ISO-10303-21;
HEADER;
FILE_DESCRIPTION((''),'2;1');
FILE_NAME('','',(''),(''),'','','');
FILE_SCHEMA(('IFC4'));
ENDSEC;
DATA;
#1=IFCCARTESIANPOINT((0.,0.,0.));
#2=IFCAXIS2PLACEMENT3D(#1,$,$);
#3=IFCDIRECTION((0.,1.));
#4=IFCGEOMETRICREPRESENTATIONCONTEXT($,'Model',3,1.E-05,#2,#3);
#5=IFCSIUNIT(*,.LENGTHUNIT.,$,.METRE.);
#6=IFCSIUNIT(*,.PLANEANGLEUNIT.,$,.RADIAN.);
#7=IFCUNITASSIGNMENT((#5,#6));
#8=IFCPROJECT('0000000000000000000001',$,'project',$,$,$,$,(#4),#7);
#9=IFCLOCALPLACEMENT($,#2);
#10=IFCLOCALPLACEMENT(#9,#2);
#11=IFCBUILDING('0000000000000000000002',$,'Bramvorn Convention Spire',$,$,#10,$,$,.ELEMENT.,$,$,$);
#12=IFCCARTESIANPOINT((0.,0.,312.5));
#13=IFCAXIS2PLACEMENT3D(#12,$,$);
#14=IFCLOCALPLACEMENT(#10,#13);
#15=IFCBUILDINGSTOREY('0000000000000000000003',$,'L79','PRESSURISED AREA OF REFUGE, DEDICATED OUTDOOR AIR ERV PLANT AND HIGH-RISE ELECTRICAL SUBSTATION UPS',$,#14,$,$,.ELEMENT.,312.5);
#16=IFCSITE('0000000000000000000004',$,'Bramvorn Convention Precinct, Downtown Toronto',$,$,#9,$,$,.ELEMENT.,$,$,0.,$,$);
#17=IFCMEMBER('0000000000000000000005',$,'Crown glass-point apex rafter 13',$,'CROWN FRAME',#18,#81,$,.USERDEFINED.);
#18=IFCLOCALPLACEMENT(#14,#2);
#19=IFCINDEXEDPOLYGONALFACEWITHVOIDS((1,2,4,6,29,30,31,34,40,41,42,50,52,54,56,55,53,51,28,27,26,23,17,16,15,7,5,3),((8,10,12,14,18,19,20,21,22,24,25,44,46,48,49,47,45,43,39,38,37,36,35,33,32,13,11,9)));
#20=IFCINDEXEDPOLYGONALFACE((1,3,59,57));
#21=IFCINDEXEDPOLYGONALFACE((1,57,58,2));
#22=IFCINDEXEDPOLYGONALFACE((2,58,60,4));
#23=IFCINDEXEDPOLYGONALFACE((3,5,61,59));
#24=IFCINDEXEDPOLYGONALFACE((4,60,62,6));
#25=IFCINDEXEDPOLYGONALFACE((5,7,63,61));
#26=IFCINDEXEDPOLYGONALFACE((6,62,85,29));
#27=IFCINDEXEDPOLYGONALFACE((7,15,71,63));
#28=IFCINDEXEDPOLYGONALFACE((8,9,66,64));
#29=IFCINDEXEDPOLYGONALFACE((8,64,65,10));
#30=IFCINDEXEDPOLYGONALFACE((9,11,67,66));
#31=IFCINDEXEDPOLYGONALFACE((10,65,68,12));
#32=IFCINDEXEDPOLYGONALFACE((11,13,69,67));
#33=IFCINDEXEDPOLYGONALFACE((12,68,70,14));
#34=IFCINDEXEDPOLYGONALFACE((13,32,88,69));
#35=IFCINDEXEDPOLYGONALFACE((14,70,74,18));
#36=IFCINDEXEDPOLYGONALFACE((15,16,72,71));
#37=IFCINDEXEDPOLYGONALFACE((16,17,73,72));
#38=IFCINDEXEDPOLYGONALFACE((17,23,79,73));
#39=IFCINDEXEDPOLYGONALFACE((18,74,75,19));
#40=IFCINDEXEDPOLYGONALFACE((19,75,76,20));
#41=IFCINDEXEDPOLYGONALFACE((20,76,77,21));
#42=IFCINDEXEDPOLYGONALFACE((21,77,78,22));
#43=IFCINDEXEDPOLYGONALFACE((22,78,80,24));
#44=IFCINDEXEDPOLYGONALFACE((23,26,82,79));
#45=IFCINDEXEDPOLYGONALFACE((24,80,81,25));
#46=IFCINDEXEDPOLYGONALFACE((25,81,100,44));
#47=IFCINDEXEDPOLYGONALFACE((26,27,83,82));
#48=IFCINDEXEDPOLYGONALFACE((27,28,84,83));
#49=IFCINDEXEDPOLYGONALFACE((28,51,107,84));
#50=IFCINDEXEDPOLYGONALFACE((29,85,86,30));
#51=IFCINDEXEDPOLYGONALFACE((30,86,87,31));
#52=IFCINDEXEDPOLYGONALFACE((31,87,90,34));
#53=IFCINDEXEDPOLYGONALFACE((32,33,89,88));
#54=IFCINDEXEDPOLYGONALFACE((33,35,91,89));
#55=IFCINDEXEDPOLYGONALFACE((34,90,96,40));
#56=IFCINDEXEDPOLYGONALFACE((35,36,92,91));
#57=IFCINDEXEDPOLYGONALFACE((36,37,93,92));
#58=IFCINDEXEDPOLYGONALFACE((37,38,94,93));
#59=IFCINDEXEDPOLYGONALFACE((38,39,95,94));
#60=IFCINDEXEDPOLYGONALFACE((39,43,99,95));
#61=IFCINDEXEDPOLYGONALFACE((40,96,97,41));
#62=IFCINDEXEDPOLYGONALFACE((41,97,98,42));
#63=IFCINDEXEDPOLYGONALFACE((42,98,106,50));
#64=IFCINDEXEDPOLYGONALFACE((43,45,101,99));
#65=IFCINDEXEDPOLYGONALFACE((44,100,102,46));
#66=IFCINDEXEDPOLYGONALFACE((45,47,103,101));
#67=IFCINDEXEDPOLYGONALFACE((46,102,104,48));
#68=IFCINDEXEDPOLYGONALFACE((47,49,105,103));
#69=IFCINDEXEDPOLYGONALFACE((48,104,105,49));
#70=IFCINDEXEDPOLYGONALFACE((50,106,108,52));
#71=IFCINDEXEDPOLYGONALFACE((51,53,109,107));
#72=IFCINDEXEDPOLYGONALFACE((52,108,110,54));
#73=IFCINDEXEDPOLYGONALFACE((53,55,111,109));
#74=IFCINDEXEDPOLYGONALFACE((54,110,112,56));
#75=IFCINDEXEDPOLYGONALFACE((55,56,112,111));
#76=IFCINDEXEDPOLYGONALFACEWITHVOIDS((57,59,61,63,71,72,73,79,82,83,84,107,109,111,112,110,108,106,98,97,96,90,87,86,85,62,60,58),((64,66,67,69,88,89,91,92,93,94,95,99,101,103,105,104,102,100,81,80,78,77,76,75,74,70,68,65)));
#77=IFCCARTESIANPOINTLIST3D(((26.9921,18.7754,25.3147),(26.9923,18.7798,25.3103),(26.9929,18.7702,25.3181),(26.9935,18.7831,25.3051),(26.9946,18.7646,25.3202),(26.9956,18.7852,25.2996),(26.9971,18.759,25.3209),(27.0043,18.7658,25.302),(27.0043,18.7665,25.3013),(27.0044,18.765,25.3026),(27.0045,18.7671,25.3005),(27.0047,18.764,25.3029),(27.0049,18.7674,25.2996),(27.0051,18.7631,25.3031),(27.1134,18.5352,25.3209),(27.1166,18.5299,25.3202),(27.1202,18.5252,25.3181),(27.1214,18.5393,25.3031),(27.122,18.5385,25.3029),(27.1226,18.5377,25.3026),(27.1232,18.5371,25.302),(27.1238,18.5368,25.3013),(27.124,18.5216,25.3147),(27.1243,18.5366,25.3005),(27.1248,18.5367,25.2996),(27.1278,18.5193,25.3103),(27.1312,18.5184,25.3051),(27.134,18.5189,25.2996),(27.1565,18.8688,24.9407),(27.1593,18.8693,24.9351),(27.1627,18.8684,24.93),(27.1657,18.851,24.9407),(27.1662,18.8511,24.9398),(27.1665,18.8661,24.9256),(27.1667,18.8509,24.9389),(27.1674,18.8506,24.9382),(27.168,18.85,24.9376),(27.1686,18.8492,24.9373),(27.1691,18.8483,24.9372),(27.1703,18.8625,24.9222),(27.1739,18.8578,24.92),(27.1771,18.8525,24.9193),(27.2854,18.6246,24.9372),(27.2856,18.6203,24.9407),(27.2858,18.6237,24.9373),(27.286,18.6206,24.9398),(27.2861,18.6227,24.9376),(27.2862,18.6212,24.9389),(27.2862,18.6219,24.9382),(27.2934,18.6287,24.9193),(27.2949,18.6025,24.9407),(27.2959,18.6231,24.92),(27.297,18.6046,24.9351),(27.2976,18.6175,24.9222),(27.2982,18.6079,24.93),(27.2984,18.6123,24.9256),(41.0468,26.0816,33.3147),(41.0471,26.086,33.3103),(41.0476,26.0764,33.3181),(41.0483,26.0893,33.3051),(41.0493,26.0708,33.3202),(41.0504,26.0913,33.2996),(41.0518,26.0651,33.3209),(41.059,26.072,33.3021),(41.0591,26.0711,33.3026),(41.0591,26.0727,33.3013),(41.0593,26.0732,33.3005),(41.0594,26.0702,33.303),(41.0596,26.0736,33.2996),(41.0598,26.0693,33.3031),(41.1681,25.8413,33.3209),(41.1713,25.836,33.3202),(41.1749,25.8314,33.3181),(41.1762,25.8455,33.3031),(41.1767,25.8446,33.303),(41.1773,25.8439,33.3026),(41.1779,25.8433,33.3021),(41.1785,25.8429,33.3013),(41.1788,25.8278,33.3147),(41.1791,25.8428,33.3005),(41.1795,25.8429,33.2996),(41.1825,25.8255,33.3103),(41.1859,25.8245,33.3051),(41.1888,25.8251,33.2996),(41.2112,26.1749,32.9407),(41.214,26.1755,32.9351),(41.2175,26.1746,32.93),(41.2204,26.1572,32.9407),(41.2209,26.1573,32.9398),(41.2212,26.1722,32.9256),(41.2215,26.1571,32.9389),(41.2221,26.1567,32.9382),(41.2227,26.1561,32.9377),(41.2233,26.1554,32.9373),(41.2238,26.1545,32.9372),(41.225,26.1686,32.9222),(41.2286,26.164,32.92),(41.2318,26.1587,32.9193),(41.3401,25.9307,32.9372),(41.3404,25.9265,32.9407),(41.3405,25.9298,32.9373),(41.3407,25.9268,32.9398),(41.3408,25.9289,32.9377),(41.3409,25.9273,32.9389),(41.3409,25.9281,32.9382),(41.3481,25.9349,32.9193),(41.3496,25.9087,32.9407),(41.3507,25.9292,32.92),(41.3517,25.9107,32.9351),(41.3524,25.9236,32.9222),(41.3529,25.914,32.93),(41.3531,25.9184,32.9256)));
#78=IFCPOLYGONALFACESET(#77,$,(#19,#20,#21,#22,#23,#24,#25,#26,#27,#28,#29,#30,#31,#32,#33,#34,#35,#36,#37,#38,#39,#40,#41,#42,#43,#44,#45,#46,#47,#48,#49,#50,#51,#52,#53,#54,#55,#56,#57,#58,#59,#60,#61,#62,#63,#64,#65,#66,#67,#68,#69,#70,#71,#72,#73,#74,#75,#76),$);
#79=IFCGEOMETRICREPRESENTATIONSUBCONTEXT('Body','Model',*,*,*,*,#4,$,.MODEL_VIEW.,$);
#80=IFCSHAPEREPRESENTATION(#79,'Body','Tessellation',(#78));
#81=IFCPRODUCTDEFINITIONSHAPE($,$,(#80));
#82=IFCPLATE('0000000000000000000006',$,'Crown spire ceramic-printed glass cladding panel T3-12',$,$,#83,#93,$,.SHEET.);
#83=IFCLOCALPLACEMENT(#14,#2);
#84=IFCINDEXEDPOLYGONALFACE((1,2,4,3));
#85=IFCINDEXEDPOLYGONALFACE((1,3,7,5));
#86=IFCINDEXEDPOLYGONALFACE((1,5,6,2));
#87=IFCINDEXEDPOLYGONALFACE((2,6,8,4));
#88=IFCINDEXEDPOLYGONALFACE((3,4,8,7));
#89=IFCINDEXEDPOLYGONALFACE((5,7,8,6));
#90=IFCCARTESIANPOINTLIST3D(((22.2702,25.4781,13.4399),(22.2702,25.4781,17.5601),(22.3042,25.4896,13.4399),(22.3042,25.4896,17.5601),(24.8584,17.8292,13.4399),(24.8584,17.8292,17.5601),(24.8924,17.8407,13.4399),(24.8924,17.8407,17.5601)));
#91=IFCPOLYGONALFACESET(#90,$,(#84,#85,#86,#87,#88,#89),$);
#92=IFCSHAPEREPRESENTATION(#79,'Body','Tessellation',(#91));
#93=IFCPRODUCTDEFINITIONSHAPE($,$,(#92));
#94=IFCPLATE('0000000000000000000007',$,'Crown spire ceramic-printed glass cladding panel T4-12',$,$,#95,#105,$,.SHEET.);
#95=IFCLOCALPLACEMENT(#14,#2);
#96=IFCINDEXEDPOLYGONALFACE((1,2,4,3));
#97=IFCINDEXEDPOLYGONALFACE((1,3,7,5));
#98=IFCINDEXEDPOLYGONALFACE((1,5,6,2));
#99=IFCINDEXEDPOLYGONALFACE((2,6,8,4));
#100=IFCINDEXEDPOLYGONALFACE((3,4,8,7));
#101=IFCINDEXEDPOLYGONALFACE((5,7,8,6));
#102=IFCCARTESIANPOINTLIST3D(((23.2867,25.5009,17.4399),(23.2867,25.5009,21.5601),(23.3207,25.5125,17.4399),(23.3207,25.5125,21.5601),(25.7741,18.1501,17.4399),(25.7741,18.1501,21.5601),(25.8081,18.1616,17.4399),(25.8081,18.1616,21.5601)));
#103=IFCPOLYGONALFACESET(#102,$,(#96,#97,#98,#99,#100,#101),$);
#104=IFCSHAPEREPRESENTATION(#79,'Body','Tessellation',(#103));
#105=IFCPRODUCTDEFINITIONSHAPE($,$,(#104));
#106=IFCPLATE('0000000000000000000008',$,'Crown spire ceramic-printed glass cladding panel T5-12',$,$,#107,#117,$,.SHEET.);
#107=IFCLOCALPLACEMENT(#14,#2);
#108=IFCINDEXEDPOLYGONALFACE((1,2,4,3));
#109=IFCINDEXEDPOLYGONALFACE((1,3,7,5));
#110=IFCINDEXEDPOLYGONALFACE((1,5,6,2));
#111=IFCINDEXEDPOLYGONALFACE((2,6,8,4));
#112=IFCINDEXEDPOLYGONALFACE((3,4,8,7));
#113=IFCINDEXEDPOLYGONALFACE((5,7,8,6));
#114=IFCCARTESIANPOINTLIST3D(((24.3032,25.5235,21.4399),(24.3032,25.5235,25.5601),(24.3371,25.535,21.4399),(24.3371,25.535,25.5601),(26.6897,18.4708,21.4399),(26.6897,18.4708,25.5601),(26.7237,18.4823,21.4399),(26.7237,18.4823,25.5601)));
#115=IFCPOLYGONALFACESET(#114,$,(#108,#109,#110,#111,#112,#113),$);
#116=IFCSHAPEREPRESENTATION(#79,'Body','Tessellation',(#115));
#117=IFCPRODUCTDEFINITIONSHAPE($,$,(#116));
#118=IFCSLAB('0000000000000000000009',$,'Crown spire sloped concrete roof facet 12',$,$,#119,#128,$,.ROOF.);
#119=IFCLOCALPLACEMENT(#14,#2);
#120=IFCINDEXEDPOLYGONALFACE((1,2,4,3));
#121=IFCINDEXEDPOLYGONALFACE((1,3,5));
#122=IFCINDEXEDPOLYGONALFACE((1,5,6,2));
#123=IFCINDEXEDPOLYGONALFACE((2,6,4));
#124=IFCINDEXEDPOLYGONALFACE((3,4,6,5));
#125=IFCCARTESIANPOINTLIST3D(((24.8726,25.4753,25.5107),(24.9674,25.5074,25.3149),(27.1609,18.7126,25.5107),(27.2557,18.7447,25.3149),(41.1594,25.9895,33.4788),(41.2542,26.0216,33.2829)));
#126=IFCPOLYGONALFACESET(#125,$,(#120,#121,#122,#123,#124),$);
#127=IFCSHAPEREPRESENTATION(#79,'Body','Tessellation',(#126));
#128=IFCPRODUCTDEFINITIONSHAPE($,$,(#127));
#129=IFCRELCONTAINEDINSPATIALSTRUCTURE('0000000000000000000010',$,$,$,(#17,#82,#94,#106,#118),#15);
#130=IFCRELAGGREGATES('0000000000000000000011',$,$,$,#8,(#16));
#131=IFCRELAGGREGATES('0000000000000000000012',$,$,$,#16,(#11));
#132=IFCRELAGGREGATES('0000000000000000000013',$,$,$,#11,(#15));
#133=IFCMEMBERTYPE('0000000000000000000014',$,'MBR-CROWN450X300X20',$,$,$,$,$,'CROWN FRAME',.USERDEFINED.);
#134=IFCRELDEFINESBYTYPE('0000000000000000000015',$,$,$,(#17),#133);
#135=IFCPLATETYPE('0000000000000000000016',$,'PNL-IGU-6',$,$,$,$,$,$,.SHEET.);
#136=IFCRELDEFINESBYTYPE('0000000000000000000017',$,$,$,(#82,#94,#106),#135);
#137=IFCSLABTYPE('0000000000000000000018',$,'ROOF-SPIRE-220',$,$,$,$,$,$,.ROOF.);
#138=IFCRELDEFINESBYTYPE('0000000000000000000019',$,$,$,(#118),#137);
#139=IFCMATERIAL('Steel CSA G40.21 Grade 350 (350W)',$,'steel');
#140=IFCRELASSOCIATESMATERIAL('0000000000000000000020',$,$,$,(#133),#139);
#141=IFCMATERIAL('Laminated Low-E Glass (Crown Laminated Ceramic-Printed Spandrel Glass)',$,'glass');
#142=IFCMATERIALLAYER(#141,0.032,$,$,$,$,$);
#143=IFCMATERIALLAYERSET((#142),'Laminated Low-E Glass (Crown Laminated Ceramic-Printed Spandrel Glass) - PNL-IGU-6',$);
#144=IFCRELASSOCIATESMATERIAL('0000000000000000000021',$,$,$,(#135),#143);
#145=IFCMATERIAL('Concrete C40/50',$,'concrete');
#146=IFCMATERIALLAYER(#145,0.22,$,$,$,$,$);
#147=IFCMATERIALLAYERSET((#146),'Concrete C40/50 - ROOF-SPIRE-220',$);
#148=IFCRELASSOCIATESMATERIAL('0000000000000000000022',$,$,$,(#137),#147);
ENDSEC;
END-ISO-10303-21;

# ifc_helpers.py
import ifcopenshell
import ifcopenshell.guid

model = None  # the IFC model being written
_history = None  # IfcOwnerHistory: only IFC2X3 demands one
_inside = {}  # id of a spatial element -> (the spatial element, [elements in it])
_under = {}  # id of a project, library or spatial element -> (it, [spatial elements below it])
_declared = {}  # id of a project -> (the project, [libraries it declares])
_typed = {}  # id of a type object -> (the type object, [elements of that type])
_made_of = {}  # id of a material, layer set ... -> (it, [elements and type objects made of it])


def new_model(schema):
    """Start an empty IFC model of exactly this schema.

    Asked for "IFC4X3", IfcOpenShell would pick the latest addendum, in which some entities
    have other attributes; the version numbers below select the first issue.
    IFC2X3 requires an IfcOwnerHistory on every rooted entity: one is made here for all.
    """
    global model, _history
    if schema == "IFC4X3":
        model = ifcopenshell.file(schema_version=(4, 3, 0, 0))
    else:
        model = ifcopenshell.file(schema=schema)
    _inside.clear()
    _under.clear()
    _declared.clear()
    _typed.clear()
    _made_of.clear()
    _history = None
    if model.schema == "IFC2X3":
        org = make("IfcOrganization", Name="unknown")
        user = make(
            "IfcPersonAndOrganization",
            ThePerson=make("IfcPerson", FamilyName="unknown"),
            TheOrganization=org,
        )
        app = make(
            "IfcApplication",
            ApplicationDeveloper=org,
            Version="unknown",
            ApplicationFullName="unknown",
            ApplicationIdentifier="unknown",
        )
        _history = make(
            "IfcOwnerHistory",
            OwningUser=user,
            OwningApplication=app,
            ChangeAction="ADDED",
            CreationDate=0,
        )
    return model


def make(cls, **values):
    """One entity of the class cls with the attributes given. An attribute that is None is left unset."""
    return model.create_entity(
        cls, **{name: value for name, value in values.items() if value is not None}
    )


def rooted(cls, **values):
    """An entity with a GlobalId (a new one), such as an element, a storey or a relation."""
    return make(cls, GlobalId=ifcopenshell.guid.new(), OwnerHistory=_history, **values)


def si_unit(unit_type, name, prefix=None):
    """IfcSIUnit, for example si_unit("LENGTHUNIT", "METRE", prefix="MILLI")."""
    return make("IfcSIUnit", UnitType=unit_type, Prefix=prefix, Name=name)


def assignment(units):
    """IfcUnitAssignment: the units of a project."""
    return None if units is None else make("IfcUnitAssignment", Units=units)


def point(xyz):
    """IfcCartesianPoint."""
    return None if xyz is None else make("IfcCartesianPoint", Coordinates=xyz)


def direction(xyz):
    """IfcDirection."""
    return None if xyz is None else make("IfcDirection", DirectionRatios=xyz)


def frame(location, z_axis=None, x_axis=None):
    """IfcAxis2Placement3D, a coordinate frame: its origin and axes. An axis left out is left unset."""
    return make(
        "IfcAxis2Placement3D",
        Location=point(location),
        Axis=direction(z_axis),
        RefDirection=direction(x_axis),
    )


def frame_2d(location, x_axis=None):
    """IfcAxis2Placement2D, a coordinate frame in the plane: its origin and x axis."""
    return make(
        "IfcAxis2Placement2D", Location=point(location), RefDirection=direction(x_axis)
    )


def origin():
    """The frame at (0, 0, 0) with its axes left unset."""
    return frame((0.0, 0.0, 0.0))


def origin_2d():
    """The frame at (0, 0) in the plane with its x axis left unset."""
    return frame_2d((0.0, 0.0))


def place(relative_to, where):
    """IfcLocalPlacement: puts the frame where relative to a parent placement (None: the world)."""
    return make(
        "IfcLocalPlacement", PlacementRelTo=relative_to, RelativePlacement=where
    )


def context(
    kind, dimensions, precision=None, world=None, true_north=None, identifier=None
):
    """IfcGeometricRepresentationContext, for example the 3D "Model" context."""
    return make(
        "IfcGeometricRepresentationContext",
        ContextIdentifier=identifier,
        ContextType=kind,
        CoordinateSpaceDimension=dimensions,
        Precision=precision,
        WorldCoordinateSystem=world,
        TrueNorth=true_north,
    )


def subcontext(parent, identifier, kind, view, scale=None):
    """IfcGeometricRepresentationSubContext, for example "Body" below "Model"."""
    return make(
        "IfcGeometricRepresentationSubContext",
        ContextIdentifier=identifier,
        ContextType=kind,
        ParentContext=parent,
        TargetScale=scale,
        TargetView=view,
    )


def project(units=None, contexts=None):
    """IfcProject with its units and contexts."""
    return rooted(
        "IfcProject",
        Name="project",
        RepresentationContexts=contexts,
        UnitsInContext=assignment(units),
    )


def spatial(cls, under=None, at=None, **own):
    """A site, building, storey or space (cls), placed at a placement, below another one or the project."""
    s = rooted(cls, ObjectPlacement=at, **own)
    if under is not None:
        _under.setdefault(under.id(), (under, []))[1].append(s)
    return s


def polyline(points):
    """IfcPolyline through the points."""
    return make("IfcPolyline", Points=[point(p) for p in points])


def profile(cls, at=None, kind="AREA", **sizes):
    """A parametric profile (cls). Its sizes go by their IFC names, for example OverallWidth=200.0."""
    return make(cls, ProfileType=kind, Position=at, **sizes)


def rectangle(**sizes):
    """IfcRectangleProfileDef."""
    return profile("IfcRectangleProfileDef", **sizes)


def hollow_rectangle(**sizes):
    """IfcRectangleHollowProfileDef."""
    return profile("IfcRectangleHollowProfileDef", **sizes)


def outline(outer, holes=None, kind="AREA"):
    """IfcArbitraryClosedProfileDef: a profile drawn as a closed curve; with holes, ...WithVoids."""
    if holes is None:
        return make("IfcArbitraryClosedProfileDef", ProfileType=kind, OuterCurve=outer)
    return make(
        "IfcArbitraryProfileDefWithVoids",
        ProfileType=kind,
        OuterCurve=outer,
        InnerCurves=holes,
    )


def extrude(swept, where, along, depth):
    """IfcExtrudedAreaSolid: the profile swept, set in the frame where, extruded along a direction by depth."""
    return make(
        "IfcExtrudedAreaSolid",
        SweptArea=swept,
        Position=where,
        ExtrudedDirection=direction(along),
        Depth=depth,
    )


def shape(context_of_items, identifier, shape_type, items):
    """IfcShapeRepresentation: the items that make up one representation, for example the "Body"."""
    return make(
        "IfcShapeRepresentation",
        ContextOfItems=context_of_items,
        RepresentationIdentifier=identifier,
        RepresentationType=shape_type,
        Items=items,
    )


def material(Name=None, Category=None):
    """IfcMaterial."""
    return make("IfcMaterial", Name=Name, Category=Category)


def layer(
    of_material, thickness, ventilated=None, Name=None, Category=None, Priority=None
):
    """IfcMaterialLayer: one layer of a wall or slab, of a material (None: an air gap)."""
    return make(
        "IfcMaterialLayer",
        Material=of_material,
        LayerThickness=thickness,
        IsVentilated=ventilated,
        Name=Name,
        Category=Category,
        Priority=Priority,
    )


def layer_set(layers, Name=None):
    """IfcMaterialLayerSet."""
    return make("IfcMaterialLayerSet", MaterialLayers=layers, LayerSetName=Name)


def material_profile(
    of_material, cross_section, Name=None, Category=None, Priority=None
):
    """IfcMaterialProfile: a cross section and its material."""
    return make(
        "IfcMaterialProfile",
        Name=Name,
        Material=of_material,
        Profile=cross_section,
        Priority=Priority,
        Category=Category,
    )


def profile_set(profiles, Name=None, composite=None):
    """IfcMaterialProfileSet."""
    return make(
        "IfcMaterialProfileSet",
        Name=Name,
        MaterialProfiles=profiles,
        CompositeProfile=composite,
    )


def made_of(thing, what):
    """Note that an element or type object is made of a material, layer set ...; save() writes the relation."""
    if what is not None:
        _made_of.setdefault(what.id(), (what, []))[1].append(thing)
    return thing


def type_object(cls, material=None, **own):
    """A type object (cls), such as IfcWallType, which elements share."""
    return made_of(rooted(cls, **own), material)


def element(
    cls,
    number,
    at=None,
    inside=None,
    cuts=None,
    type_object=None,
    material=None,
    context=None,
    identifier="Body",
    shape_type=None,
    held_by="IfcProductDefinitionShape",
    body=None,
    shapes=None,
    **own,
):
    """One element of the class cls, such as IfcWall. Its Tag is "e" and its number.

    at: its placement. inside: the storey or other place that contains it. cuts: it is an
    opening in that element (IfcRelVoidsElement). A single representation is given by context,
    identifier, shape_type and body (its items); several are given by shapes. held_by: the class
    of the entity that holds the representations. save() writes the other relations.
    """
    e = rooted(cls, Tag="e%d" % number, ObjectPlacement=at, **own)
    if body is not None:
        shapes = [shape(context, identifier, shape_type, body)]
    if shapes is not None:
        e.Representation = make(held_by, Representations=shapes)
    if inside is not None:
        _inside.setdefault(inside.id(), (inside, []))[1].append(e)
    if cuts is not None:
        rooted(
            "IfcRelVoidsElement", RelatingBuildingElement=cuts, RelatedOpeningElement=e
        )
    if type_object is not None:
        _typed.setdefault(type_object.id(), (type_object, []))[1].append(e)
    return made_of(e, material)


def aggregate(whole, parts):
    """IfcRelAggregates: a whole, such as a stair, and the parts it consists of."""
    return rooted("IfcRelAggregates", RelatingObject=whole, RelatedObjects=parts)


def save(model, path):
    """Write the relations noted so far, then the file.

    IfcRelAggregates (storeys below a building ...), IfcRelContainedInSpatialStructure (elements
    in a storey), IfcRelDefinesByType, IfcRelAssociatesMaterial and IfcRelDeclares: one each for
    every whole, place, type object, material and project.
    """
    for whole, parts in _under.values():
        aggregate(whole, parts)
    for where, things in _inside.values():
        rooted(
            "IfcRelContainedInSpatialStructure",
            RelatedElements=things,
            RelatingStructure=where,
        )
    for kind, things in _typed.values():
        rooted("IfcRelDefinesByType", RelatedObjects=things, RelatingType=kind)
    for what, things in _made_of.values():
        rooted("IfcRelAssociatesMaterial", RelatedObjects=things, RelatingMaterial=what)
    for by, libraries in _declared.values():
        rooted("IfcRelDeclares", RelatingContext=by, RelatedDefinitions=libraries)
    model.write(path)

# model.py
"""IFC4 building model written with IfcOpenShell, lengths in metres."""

from ifc_helpers import new_model, si_unit, direction, frame, origin, origin_2d, place, context, subcontext, project, spatial, polyline, rectangle, hollow_rectangle, outline, extrude, material, layer, layer_set, material_profile, profile_set, type_object, element, save


model = new_model("IFC4")

# Units and contexts
model_context = context("Model", 3, precision=1e-05, world=origin(), true_north=direction((0.0, 1.0)))
body_context = subcontext(model_context, "Body", "Model", "MODEL_VIEW")
ifc_project = project(units=[si_unit("LENGTHUNIT", "METRE"), si_unit("PLANEANGLEUNIT", "RADIAN")], contexts=[model_context])

# Site, building, storey
site_placement = place(None, origin())
site = spatial("IfcSite", under=ifc_project, at=site_placement, Name="Bramvorn Convention Precinct, Downtown Toronto", CompositionType="ELEMENT", RefElevation=0.0)
building_placement = place(site_placement, origin())
building = spatial("IfcBuilding", under=site, at=building_placement, Name="Bramvorn Convention Spire", CompositionType="ELEMENT")
storey_placement = place(building_placement, frame((0.0, 0.0, 312.5)))
storey = spatial("IfcBuildingStorey", under=building, at=storey_placement, Name="L79", Description="PRESSURISED AREA OF REFUGE, DEDICATED OUTDOOR AIR ERV PLANT AND HIGH-RISE ELECTRICAL SUBSTATION UPS", CompositionType="ELEMENT", Elevation=312.5)

# Member
ifc_material_1 = material(Name="Steel CSA G40.21 Grade 350 (350W)", Category="steel")
ifc_material_profile = material_profile(ifc_material_1, hollow_rectangle(XDim=0.3, YDim=0.45, WallThickness=0.02, InnerFilletRadius=0.0039, OuterFilletRadius=0.0239, at=origin_2d()))
ifc_profile_set = profile_set([ifc_material_profile], Name="Steel CSA G40.21 Grade 350 (350W) - CROWN450X300X20")
member_type = type_object("IfcMemberType", Name="MBR-CROWN450X300X20", ElementType="CROWN FRAME", PredefinedType="USERDEFINED", material=ifc_profile_set)
member_1_placement = place(storey_placement, frame((27.1453, 18.6938, 25.1201), z_axis=(0.792, 0.411711, 0.45081), x_axis=(-0.461239, 0.887276, 0.0)))
element("IfcMember", 1, at=member_1_placement, inside=storey, type_object=member_type, Name="Crown glass-point apex rafter 13", ObjectType="CROWN FRAME", PredefinedType="USERDEFINED", context=body_context, shape_type="SweptSolid", body=[
    extrude(hollow_rectangle(XDim=0.3, YDim=0.45, WallThickness=0.02, InnerFilletRadius=0.0039, OuterFilletRadius=0.0239, at=origin_2d()), origin(), (0.0, 0.0, 1.0), 17.7458),
])

# Plates
ifc_material_2 = material(Name="Laminated Low-E Glass (Crown Laminated Ceramic-Printed Spandrel Glass)", Category="glass")
ifc_layer_1 = layer(ifc_material_2, 0.032)
ifc_layer_set_1 = layer_set([ifc_layer_1], Name="Laminated Low-E Glass (Crown Laminated Ceramic-Printed Spandrel Glass) - PNL-IGU-6")
plate_type = type_object("IfcPlateType", Name="PNL-IGU-6", PredefinedType="SHEET", material=ifc_layer_set_1)
plate_1_placement = place(storey_placement, frame((23.5813, 21.6594, 13.4399), z_axis=(0.0, 0.0, 1.0), x_axis=(0.320529, -0.947239, 0.0)))
element("IfcPlate", 2, at=plate_1_placement, inside=storey, type_object=plate_type, Name="Crown spire ceramic-printed glass cladding panel T3-12", PredefinedType="SHEET", context=body_context, shape_type="SweptSolid", body=[
    extrude(rectangle(XDim=8.075, YDim=0.0359, at=origin_2d()), origin(), (0.0, 0.0, 1.0), 4.1201),
])
plate_2_placement = place(storey_placement, frame((24.5474, 21.8313, 17.4399), z_axis=(0.0, 0.0, 1.0), x_axis=(0.320532, -0.947238, 0.0)))
element("IfcPlate", 3, at=plate_2_placement, inside=storey, type_object=plate_type, Name="Crown spire ceramic-printed glass cladding panel T4-12", PredefinedType="SHEET", context=body_context, shape_type="SweptSolid", body=[
    extrude(rectangle(XDim=7.7603, YDim=0.0359, at=origin_2d()), origin(), (0.0, 0.0, 1.0), 4.1201),
])
plate_3_placement = place(storey_placement, frame((25.5134, 22.0029, 21.4399), z_axis=(0.0, 0.0, 1.0), x_axis=(0.320535, -0.947237, 0.0)))
element("IfcPlate", 4, at=plate_3_placement, inside=storey, type_object=plate_type, Name="Crown spire ceramic-printed glass cladding panel T5-12", PredefinedType="SHEET", context=body_context, shape_type="SweptSolid", body=[
    extrude(rectangle(XDim=7.4456, YDim=0.0359, at=origin_2d()), origin(), (0.0, 0.0, 1.0), 4.1201),
])

# Slab
ifc_material_3 = material(Name="Concrete C40/50", Category="concrete")
ifc_layer_2 = layer(ifc_material_3, 0.22)
ifc_layer_set_2 = layer_set([ifc_layer_2], Name="Concrete C40/50 - ROOF-SPIRE-220")
slab_type = type_object("IfcSlabType", Name="ROOF-SPIRE-220", PredefinedType="ROOF", material=ifc_layer_set_2)
slab_placement = place(storey_placement, frame((24.8726, 25.4753, 25.5107), z_axis=(-0.431039, -0.145853, 0.890468), x_axis=(0.320523, -0.947241, 0.0)))
element("IfcSlab", 5, at=slab_placement, inside=storey, type_object=slab_type, Name="Crown spire sloped concrete roof facet 12", PredefinedType="ROOF", context=body_context, shape_type="SweptSolid", body=[
    extrude(outline(polyline([(0.0, 0.0), (7.1394, 0.0), (4.7333, 17.5103), (0.0, 0.0)])), origin(), (0.0, 0.0, -1.0), 0.22),
])

save(model, "model.ifc")
